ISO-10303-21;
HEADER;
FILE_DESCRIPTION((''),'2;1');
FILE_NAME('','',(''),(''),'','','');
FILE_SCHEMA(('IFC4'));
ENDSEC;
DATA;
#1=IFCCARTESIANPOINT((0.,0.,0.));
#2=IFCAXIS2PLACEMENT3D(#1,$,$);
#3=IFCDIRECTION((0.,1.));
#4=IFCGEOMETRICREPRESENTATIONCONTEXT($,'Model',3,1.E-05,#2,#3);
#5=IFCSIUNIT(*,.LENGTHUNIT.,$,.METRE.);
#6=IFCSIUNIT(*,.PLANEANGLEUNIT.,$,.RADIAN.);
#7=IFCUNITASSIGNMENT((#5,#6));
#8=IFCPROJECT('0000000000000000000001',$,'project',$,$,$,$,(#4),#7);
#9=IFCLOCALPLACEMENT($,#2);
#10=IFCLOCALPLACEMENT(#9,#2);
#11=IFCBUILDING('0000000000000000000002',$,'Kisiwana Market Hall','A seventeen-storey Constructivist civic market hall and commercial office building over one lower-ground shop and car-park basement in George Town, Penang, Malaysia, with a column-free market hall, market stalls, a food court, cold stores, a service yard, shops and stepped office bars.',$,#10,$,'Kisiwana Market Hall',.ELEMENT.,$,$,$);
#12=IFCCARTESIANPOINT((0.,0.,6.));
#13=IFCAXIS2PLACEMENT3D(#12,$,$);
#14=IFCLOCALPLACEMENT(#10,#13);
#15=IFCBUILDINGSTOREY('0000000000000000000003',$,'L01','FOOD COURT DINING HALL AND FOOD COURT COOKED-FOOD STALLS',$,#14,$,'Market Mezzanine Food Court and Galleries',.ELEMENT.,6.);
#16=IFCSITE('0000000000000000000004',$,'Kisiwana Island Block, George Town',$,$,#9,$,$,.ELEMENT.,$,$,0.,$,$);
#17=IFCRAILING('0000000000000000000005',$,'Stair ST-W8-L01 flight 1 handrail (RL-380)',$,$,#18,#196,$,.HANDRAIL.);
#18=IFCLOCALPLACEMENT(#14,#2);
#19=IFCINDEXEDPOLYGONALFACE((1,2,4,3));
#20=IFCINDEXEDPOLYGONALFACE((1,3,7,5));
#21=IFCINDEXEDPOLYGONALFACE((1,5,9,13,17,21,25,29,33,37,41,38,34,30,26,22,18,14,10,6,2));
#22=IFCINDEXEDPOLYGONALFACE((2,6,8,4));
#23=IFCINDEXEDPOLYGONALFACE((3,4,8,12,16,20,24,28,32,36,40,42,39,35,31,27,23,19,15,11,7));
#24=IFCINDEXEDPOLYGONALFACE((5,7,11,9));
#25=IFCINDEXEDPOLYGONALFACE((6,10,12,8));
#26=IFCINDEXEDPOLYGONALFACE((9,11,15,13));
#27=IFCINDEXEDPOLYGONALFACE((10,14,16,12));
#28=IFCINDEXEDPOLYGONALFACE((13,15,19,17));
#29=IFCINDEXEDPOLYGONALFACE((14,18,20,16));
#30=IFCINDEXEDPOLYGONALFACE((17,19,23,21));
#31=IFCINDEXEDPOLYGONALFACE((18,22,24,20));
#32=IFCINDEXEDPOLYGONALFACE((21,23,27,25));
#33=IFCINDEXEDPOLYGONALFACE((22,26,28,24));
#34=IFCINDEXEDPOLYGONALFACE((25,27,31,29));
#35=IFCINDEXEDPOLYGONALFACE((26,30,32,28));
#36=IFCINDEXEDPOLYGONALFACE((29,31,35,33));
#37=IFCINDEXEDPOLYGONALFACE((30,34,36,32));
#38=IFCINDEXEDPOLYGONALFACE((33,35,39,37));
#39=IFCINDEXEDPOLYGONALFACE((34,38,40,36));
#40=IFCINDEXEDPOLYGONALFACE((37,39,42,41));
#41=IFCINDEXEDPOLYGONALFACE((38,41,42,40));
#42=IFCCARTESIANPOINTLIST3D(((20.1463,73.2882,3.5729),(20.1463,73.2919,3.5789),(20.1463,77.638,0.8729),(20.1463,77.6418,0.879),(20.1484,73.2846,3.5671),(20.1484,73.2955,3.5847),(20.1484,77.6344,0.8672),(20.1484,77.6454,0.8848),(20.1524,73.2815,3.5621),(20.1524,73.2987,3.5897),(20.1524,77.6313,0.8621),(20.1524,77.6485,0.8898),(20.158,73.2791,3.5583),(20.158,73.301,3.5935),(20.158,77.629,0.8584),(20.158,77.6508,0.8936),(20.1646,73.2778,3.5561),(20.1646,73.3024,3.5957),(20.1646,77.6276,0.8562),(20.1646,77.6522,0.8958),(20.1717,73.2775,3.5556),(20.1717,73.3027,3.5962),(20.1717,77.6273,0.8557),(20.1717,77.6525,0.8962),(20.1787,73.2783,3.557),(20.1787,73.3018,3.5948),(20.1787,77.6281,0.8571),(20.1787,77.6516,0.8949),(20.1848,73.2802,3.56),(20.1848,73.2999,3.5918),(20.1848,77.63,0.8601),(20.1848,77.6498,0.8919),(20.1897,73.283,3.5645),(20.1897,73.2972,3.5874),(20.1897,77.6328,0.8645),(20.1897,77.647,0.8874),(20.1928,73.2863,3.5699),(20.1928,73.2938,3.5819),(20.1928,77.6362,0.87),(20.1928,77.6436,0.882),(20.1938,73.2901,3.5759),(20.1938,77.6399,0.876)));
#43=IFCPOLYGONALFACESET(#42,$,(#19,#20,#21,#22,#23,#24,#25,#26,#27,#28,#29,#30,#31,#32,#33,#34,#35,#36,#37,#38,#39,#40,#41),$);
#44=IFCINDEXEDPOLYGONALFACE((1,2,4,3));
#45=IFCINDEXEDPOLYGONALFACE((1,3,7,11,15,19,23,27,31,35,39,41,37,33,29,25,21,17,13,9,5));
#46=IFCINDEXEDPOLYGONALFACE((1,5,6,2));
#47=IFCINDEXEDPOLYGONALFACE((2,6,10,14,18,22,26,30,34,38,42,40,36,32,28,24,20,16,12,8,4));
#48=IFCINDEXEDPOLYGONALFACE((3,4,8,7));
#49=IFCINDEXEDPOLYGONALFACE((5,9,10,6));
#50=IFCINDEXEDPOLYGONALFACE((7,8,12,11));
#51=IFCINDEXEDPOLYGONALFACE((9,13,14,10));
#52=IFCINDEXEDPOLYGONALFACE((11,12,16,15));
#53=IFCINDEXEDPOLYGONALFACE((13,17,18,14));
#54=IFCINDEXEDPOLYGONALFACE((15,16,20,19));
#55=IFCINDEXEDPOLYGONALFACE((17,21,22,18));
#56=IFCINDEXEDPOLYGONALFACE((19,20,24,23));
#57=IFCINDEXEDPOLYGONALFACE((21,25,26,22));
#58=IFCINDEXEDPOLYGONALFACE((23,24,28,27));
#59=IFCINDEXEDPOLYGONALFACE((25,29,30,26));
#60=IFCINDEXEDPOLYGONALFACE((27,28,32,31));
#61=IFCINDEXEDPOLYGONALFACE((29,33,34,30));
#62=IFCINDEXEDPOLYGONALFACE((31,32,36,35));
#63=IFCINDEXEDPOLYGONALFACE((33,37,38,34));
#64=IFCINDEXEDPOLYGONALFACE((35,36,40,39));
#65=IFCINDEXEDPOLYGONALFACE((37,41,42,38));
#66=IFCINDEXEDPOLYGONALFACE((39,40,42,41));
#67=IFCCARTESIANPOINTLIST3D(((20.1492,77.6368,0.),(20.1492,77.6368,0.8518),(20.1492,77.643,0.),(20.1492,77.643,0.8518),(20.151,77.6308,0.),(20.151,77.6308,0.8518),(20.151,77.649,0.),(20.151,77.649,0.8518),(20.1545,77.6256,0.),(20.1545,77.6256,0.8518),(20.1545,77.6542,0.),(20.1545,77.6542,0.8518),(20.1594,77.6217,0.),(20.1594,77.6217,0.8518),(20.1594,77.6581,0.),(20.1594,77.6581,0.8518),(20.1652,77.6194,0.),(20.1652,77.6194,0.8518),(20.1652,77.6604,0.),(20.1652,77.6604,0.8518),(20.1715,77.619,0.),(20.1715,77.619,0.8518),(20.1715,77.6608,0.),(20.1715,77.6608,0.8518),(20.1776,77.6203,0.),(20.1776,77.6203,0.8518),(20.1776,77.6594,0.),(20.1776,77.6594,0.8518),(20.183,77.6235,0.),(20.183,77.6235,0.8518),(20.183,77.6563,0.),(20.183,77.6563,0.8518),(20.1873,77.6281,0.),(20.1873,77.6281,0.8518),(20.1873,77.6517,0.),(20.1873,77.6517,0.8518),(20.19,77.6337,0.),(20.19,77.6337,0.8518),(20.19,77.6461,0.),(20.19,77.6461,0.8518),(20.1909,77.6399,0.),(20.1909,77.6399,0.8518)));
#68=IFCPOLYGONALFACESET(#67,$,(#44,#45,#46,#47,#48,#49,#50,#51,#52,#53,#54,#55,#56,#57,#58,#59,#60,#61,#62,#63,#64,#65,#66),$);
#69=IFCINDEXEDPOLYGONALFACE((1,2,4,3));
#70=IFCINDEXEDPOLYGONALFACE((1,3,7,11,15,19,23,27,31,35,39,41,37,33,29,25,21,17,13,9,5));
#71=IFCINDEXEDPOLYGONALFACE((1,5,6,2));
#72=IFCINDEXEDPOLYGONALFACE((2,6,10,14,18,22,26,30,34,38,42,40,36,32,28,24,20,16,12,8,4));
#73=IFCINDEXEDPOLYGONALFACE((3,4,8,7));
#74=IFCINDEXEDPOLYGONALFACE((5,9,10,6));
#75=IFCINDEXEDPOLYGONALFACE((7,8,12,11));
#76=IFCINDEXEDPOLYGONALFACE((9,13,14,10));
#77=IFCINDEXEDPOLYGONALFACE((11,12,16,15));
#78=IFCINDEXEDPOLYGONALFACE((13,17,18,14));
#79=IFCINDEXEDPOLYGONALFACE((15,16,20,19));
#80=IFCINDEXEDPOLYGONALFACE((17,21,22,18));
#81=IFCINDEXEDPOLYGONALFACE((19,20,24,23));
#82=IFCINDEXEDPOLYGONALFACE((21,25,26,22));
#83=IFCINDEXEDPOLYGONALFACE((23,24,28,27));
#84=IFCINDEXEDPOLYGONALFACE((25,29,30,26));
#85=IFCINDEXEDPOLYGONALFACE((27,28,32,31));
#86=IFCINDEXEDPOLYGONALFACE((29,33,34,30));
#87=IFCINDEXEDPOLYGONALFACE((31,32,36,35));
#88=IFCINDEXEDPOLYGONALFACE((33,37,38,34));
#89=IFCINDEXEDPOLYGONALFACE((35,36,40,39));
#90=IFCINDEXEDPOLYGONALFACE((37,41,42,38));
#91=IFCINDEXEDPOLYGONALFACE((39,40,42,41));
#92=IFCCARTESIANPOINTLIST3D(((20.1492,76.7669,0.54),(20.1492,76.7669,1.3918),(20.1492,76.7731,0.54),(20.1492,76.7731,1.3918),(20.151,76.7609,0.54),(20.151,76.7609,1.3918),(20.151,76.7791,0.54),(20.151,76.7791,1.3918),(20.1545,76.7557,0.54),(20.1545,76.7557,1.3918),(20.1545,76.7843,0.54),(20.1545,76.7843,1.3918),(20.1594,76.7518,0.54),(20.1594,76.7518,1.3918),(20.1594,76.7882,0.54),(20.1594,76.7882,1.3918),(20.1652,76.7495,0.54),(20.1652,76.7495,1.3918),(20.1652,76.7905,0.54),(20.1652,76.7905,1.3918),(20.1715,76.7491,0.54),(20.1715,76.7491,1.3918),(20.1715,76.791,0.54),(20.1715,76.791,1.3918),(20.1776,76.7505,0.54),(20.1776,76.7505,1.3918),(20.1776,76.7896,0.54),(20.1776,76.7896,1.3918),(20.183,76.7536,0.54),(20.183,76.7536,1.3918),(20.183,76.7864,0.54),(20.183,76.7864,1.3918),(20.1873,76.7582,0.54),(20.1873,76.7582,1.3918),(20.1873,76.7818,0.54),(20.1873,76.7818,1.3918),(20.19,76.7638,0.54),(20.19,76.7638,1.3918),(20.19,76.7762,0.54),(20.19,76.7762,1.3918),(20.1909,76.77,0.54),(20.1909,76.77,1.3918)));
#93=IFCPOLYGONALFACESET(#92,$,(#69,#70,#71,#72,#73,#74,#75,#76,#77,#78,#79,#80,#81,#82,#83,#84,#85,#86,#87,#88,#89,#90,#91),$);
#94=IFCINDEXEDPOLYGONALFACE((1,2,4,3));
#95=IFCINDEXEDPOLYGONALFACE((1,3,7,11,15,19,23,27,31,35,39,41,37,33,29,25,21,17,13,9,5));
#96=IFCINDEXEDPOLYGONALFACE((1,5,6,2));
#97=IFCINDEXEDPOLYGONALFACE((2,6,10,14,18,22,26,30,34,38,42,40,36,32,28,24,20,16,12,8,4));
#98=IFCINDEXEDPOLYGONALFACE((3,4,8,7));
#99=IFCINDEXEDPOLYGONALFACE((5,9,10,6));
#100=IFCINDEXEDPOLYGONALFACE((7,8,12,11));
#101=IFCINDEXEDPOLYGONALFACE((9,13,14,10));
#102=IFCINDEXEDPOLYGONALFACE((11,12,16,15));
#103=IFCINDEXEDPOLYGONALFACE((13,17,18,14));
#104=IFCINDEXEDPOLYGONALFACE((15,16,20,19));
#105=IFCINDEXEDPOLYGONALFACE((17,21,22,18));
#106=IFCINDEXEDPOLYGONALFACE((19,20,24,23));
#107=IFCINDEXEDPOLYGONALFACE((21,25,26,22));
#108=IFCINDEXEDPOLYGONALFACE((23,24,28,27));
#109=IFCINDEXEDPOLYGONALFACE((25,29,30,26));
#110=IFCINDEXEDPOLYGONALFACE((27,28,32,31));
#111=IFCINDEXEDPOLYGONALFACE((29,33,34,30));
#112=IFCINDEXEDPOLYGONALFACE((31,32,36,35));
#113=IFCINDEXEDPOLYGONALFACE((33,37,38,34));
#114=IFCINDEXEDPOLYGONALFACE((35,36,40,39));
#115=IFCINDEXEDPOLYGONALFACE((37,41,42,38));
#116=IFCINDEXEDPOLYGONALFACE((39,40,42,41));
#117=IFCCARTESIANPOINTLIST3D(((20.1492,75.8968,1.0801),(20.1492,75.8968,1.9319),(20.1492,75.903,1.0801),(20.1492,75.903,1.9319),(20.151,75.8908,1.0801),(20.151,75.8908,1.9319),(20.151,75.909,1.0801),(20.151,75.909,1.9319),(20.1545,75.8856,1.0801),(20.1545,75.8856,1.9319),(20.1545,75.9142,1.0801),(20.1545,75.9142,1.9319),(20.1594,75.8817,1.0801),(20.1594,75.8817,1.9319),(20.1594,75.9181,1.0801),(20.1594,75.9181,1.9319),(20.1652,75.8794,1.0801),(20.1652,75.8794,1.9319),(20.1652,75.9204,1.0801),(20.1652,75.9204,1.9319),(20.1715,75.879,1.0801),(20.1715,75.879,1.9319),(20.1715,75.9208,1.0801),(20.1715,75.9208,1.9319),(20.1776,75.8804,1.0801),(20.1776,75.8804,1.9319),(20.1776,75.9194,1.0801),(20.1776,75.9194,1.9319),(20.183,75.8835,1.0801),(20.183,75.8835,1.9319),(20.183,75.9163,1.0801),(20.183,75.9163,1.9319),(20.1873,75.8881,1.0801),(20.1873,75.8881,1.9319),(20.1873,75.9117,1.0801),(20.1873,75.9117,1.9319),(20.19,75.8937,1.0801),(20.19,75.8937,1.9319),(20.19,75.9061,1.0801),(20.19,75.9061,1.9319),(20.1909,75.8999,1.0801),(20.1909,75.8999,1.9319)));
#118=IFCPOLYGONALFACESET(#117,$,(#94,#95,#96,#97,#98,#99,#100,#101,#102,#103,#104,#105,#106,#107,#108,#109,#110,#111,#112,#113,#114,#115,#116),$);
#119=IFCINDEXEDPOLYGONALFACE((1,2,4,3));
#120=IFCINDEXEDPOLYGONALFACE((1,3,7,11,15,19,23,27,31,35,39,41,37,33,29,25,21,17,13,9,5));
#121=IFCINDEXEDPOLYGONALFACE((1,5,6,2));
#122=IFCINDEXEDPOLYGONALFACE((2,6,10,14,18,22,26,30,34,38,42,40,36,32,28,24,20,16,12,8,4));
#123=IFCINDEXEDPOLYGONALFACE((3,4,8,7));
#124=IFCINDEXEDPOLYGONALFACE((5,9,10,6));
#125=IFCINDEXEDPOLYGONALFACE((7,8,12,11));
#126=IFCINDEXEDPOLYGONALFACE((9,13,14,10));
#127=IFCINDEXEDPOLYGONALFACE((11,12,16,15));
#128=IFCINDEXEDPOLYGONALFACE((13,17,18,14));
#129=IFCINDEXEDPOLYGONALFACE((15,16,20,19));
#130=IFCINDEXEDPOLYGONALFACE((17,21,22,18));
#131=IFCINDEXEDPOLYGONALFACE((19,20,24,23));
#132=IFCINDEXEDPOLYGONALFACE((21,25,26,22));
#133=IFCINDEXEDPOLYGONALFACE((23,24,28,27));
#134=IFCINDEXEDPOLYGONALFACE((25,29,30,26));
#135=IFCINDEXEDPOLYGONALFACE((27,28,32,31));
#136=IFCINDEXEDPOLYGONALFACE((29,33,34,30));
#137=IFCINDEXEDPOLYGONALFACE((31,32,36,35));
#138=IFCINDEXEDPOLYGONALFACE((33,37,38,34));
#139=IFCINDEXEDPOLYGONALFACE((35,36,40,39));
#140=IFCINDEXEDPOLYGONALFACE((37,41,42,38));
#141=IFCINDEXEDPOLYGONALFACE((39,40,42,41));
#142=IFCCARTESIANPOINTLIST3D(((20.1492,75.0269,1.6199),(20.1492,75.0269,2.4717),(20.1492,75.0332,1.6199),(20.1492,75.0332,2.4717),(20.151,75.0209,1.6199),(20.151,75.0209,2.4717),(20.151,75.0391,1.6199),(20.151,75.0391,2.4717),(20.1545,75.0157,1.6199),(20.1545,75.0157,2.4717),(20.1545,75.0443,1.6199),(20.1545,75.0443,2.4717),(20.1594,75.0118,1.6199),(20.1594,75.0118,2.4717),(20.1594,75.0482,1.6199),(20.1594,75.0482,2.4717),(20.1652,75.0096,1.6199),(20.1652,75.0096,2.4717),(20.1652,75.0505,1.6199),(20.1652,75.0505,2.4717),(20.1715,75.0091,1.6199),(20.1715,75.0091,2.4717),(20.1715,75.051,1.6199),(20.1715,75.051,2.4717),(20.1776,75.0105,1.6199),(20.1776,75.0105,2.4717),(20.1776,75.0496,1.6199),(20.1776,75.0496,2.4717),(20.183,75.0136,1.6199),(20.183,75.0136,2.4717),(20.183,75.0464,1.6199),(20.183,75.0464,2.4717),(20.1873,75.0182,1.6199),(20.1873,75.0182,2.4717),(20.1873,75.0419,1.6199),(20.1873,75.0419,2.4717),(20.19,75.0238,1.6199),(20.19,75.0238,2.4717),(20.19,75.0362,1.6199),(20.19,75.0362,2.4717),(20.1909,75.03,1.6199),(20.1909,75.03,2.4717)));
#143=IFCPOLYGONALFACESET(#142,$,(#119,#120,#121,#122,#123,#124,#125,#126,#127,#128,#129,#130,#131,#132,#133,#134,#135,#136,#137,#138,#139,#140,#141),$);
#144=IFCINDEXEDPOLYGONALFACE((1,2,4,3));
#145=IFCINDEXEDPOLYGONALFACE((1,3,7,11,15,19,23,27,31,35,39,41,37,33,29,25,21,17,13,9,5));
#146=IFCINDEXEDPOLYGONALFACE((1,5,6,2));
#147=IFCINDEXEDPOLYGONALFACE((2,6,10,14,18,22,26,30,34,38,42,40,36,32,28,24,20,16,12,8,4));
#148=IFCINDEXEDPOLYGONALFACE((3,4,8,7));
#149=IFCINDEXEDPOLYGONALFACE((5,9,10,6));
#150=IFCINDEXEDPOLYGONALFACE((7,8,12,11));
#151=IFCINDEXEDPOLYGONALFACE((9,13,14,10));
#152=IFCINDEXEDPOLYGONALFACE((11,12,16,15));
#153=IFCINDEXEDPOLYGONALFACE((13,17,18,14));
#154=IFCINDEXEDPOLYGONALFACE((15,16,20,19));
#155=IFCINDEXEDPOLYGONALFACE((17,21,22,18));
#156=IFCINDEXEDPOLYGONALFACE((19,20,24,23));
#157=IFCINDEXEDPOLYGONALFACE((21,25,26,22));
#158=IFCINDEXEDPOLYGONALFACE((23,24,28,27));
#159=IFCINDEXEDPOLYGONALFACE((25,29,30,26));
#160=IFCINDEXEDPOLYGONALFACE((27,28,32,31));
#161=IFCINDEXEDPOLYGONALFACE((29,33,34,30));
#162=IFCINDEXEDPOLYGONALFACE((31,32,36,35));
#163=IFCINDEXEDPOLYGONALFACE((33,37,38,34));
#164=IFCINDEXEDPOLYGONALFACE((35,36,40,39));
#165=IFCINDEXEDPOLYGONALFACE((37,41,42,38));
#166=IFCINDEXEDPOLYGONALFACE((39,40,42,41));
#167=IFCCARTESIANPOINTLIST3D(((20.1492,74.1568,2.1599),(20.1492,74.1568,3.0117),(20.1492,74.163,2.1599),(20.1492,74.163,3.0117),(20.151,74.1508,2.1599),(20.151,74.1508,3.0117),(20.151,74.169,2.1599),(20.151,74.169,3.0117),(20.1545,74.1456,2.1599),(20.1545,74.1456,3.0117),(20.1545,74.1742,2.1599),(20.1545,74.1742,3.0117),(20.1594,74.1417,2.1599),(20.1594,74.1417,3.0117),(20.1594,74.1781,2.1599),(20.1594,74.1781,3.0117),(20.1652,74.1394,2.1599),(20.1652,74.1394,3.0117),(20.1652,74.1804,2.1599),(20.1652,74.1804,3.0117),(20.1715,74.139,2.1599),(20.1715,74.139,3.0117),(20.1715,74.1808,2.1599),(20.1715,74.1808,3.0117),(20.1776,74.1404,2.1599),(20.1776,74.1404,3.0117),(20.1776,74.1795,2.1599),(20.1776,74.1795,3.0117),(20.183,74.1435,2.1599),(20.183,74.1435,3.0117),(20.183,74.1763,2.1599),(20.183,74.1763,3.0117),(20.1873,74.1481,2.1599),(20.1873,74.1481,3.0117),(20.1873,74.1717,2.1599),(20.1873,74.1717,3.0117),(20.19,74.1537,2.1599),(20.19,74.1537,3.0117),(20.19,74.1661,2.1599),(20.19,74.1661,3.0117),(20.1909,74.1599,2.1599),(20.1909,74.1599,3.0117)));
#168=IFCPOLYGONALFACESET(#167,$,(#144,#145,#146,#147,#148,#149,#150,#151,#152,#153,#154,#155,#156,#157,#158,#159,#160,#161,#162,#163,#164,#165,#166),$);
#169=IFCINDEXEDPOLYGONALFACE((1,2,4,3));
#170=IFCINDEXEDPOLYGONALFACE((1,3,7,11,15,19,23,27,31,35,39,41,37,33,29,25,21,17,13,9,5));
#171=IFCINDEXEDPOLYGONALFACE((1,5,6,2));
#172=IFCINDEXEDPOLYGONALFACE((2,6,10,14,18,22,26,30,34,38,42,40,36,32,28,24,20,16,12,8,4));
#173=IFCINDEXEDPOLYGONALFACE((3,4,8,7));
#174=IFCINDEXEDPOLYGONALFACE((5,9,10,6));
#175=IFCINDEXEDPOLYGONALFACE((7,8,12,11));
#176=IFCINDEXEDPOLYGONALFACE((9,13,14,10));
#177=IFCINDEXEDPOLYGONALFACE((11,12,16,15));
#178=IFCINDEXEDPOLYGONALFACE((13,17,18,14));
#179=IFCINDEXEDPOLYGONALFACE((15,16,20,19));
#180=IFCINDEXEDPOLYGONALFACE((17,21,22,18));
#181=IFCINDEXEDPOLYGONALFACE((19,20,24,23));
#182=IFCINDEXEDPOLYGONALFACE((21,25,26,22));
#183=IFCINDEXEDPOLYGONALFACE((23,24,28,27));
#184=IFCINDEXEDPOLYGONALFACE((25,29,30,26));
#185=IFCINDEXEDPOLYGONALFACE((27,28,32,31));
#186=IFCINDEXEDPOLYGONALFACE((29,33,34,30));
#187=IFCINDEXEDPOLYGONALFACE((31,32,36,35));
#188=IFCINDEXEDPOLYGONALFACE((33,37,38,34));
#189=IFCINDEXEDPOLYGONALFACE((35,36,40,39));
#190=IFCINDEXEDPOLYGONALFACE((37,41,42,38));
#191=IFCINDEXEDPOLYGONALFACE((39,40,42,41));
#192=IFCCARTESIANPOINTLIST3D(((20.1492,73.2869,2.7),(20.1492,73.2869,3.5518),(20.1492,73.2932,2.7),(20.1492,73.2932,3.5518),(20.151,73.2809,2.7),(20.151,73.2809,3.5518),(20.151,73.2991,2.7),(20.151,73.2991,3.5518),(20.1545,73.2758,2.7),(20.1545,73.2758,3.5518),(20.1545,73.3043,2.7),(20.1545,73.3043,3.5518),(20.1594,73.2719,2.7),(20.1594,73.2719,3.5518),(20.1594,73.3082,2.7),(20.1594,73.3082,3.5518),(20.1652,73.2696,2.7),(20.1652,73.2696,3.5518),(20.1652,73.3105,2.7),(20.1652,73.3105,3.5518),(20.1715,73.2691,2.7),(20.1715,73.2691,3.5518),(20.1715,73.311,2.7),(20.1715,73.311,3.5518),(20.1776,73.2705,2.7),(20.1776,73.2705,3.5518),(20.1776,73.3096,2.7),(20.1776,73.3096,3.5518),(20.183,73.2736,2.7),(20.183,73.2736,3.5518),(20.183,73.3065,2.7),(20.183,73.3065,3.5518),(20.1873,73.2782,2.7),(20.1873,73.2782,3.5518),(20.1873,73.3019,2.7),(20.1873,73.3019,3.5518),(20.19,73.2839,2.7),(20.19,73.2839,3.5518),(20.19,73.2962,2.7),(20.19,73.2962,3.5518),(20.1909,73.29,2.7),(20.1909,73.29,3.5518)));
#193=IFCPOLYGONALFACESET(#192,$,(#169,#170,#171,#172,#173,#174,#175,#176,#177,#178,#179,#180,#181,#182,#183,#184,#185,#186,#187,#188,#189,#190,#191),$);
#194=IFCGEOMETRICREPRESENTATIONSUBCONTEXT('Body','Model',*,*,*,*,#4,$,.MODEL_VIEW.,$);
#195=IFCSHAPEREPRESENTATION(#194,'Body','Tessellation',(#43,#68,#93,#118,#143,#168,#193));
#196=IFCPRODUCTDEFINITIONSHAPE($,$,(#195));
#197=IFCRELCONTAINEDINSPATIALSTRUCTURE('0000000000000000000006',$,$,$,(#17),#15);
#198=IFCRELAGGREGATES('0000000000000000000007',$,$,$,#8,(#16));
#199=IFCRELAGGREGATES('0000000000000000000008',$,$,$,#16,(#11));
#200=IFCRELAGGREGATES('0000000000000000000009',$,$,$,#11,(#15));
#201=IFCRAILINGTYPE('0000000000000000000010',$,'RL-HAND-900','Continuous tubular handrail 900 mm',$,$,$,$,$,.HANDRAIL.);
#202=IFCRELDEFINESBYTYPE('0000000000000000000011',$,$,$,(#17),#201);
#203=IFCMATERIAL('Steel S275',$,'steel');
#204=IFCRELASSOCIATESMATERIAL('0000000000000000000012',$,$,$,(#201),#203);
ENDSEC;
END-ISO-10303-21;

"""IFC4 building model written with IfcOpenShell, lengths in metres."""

from ifc_helpers import new_model, si_unit, direction, frame, origin, origin_2d, place, context, subcontext, project, spatial, circle, extrude, material, type_object, element, save


model = new_model("IFC4")

# Units and contexts
model_context = context("Model", 3, precision=1e-05, world=origin(), true_north=direction((0.0, 1.0)))
body_context = subcontext(model_context, "Body", "Model", "MODEL_VIEW")
ifc_project = project(units=[si_unit("LENGTHUNIT", "METRE"), si_unit("PLANEANGLEUNIT", "RADIAN")], contexts=[model_context])

# Site, building, storey
site_placement = place(None, origin())
site = spatial("IfcSite", under=ifc_project, at=site_placement, Name="Kisiwana Island Block, George Town", CompositionType="ELEMENT", RefElevation=0.0)
building_placement = place(site_placement, origin())
building = spatial("IfcBuilding", under=site, at=building_placement, Name="Kisiwana Market Hall", Description="A seventeen-storey Constructivist civic market hall and commercial office building over one lower-ground shop and car-park basement in George Town, Penang, Malaysia, with a column-free market hall, market stalls, a food court, cold stores, a service yard, shops and stepped office bars.", LongName="Kisiwana Market Hall", CompositionType="ELEMENT")
storey_placement = place(building_placement, frame((0.0, 0.0, 6.0)))
storey = spatial("IfcBuildingStorey", under=building, at=storey_placement, Name="L01", Description="FOOD COURT DINING HALL AND FOOD COURT COOKED-FOOD STALLS", LongName="Market Mezzanine Food Court and Galleries", CompositionType="ELEMENT", Elevation=6.0)

# Railing
ifc_material_1 = material(Name="Steel S275", Category="steel")
railing_type_1 = type_object("IfcRailingType", Name="RL-HAND-900", Description="Continuous tubular handrail 900 mm", PredefinedType="HANDRAIL", material=ifc_material_1)
railing_1_placement = place(storey_placement, frame((20.1699, 77.6399, 0.0)))
element("IfcRailing", 1, at=railing_1_placement, inside=storey, type_object=railing_type_1, Name="Stair ST-W8-L01 flight 1 handrail (RL-380)", PredefinedType="HANDRAIL", context=body_context, shape_type="SweptSolid", body=[
    extrude(circle(Radius=0.0239, at=origin_2d()), frame((0.0, 0.0, 0.876), z_axis=(0.0, -0.849636, 0.527369), x_axis=(1.0, 0.0, 0.0)), (0.0, 0.0, 1.0), 5.1196),
    extrude(circle(Radius=0.021, at=origin_2d()), origin(), (0.0, 0.0, 1.0), 0.8518),
    extrude(circle(Radius=0.021, at=origin_2d()), frame((0.0, -0.8699, 0.54)), (0.0, 0.0, 1.0), 0.8518),
    extrude(circle(Radius=0.021, at=origin_2d()), frame((0.0, -1.74, 1.0801)), (0.0, 0.0, 1.0), 0.8518),
    extrude(circle(Radius=0.021, at=origin_2d()), frame((0.0, -2.6099, 1.6199)), (0.0, 0.0, 1.0), 0.8518),
    extrude(circle(Radius=0.021, at=origin_2d()), frame((0.0, -3.48, 2.1599)), (0.0, 0.0, 1.0), 0.8518),
    extrude(circle(Radius=0.021, at=origin_2d()), frame((0.0, -4.3499, 2.7)), (0.0, 0.0, 1.0), 0.8518),
])

save(model, "model.ifc")
